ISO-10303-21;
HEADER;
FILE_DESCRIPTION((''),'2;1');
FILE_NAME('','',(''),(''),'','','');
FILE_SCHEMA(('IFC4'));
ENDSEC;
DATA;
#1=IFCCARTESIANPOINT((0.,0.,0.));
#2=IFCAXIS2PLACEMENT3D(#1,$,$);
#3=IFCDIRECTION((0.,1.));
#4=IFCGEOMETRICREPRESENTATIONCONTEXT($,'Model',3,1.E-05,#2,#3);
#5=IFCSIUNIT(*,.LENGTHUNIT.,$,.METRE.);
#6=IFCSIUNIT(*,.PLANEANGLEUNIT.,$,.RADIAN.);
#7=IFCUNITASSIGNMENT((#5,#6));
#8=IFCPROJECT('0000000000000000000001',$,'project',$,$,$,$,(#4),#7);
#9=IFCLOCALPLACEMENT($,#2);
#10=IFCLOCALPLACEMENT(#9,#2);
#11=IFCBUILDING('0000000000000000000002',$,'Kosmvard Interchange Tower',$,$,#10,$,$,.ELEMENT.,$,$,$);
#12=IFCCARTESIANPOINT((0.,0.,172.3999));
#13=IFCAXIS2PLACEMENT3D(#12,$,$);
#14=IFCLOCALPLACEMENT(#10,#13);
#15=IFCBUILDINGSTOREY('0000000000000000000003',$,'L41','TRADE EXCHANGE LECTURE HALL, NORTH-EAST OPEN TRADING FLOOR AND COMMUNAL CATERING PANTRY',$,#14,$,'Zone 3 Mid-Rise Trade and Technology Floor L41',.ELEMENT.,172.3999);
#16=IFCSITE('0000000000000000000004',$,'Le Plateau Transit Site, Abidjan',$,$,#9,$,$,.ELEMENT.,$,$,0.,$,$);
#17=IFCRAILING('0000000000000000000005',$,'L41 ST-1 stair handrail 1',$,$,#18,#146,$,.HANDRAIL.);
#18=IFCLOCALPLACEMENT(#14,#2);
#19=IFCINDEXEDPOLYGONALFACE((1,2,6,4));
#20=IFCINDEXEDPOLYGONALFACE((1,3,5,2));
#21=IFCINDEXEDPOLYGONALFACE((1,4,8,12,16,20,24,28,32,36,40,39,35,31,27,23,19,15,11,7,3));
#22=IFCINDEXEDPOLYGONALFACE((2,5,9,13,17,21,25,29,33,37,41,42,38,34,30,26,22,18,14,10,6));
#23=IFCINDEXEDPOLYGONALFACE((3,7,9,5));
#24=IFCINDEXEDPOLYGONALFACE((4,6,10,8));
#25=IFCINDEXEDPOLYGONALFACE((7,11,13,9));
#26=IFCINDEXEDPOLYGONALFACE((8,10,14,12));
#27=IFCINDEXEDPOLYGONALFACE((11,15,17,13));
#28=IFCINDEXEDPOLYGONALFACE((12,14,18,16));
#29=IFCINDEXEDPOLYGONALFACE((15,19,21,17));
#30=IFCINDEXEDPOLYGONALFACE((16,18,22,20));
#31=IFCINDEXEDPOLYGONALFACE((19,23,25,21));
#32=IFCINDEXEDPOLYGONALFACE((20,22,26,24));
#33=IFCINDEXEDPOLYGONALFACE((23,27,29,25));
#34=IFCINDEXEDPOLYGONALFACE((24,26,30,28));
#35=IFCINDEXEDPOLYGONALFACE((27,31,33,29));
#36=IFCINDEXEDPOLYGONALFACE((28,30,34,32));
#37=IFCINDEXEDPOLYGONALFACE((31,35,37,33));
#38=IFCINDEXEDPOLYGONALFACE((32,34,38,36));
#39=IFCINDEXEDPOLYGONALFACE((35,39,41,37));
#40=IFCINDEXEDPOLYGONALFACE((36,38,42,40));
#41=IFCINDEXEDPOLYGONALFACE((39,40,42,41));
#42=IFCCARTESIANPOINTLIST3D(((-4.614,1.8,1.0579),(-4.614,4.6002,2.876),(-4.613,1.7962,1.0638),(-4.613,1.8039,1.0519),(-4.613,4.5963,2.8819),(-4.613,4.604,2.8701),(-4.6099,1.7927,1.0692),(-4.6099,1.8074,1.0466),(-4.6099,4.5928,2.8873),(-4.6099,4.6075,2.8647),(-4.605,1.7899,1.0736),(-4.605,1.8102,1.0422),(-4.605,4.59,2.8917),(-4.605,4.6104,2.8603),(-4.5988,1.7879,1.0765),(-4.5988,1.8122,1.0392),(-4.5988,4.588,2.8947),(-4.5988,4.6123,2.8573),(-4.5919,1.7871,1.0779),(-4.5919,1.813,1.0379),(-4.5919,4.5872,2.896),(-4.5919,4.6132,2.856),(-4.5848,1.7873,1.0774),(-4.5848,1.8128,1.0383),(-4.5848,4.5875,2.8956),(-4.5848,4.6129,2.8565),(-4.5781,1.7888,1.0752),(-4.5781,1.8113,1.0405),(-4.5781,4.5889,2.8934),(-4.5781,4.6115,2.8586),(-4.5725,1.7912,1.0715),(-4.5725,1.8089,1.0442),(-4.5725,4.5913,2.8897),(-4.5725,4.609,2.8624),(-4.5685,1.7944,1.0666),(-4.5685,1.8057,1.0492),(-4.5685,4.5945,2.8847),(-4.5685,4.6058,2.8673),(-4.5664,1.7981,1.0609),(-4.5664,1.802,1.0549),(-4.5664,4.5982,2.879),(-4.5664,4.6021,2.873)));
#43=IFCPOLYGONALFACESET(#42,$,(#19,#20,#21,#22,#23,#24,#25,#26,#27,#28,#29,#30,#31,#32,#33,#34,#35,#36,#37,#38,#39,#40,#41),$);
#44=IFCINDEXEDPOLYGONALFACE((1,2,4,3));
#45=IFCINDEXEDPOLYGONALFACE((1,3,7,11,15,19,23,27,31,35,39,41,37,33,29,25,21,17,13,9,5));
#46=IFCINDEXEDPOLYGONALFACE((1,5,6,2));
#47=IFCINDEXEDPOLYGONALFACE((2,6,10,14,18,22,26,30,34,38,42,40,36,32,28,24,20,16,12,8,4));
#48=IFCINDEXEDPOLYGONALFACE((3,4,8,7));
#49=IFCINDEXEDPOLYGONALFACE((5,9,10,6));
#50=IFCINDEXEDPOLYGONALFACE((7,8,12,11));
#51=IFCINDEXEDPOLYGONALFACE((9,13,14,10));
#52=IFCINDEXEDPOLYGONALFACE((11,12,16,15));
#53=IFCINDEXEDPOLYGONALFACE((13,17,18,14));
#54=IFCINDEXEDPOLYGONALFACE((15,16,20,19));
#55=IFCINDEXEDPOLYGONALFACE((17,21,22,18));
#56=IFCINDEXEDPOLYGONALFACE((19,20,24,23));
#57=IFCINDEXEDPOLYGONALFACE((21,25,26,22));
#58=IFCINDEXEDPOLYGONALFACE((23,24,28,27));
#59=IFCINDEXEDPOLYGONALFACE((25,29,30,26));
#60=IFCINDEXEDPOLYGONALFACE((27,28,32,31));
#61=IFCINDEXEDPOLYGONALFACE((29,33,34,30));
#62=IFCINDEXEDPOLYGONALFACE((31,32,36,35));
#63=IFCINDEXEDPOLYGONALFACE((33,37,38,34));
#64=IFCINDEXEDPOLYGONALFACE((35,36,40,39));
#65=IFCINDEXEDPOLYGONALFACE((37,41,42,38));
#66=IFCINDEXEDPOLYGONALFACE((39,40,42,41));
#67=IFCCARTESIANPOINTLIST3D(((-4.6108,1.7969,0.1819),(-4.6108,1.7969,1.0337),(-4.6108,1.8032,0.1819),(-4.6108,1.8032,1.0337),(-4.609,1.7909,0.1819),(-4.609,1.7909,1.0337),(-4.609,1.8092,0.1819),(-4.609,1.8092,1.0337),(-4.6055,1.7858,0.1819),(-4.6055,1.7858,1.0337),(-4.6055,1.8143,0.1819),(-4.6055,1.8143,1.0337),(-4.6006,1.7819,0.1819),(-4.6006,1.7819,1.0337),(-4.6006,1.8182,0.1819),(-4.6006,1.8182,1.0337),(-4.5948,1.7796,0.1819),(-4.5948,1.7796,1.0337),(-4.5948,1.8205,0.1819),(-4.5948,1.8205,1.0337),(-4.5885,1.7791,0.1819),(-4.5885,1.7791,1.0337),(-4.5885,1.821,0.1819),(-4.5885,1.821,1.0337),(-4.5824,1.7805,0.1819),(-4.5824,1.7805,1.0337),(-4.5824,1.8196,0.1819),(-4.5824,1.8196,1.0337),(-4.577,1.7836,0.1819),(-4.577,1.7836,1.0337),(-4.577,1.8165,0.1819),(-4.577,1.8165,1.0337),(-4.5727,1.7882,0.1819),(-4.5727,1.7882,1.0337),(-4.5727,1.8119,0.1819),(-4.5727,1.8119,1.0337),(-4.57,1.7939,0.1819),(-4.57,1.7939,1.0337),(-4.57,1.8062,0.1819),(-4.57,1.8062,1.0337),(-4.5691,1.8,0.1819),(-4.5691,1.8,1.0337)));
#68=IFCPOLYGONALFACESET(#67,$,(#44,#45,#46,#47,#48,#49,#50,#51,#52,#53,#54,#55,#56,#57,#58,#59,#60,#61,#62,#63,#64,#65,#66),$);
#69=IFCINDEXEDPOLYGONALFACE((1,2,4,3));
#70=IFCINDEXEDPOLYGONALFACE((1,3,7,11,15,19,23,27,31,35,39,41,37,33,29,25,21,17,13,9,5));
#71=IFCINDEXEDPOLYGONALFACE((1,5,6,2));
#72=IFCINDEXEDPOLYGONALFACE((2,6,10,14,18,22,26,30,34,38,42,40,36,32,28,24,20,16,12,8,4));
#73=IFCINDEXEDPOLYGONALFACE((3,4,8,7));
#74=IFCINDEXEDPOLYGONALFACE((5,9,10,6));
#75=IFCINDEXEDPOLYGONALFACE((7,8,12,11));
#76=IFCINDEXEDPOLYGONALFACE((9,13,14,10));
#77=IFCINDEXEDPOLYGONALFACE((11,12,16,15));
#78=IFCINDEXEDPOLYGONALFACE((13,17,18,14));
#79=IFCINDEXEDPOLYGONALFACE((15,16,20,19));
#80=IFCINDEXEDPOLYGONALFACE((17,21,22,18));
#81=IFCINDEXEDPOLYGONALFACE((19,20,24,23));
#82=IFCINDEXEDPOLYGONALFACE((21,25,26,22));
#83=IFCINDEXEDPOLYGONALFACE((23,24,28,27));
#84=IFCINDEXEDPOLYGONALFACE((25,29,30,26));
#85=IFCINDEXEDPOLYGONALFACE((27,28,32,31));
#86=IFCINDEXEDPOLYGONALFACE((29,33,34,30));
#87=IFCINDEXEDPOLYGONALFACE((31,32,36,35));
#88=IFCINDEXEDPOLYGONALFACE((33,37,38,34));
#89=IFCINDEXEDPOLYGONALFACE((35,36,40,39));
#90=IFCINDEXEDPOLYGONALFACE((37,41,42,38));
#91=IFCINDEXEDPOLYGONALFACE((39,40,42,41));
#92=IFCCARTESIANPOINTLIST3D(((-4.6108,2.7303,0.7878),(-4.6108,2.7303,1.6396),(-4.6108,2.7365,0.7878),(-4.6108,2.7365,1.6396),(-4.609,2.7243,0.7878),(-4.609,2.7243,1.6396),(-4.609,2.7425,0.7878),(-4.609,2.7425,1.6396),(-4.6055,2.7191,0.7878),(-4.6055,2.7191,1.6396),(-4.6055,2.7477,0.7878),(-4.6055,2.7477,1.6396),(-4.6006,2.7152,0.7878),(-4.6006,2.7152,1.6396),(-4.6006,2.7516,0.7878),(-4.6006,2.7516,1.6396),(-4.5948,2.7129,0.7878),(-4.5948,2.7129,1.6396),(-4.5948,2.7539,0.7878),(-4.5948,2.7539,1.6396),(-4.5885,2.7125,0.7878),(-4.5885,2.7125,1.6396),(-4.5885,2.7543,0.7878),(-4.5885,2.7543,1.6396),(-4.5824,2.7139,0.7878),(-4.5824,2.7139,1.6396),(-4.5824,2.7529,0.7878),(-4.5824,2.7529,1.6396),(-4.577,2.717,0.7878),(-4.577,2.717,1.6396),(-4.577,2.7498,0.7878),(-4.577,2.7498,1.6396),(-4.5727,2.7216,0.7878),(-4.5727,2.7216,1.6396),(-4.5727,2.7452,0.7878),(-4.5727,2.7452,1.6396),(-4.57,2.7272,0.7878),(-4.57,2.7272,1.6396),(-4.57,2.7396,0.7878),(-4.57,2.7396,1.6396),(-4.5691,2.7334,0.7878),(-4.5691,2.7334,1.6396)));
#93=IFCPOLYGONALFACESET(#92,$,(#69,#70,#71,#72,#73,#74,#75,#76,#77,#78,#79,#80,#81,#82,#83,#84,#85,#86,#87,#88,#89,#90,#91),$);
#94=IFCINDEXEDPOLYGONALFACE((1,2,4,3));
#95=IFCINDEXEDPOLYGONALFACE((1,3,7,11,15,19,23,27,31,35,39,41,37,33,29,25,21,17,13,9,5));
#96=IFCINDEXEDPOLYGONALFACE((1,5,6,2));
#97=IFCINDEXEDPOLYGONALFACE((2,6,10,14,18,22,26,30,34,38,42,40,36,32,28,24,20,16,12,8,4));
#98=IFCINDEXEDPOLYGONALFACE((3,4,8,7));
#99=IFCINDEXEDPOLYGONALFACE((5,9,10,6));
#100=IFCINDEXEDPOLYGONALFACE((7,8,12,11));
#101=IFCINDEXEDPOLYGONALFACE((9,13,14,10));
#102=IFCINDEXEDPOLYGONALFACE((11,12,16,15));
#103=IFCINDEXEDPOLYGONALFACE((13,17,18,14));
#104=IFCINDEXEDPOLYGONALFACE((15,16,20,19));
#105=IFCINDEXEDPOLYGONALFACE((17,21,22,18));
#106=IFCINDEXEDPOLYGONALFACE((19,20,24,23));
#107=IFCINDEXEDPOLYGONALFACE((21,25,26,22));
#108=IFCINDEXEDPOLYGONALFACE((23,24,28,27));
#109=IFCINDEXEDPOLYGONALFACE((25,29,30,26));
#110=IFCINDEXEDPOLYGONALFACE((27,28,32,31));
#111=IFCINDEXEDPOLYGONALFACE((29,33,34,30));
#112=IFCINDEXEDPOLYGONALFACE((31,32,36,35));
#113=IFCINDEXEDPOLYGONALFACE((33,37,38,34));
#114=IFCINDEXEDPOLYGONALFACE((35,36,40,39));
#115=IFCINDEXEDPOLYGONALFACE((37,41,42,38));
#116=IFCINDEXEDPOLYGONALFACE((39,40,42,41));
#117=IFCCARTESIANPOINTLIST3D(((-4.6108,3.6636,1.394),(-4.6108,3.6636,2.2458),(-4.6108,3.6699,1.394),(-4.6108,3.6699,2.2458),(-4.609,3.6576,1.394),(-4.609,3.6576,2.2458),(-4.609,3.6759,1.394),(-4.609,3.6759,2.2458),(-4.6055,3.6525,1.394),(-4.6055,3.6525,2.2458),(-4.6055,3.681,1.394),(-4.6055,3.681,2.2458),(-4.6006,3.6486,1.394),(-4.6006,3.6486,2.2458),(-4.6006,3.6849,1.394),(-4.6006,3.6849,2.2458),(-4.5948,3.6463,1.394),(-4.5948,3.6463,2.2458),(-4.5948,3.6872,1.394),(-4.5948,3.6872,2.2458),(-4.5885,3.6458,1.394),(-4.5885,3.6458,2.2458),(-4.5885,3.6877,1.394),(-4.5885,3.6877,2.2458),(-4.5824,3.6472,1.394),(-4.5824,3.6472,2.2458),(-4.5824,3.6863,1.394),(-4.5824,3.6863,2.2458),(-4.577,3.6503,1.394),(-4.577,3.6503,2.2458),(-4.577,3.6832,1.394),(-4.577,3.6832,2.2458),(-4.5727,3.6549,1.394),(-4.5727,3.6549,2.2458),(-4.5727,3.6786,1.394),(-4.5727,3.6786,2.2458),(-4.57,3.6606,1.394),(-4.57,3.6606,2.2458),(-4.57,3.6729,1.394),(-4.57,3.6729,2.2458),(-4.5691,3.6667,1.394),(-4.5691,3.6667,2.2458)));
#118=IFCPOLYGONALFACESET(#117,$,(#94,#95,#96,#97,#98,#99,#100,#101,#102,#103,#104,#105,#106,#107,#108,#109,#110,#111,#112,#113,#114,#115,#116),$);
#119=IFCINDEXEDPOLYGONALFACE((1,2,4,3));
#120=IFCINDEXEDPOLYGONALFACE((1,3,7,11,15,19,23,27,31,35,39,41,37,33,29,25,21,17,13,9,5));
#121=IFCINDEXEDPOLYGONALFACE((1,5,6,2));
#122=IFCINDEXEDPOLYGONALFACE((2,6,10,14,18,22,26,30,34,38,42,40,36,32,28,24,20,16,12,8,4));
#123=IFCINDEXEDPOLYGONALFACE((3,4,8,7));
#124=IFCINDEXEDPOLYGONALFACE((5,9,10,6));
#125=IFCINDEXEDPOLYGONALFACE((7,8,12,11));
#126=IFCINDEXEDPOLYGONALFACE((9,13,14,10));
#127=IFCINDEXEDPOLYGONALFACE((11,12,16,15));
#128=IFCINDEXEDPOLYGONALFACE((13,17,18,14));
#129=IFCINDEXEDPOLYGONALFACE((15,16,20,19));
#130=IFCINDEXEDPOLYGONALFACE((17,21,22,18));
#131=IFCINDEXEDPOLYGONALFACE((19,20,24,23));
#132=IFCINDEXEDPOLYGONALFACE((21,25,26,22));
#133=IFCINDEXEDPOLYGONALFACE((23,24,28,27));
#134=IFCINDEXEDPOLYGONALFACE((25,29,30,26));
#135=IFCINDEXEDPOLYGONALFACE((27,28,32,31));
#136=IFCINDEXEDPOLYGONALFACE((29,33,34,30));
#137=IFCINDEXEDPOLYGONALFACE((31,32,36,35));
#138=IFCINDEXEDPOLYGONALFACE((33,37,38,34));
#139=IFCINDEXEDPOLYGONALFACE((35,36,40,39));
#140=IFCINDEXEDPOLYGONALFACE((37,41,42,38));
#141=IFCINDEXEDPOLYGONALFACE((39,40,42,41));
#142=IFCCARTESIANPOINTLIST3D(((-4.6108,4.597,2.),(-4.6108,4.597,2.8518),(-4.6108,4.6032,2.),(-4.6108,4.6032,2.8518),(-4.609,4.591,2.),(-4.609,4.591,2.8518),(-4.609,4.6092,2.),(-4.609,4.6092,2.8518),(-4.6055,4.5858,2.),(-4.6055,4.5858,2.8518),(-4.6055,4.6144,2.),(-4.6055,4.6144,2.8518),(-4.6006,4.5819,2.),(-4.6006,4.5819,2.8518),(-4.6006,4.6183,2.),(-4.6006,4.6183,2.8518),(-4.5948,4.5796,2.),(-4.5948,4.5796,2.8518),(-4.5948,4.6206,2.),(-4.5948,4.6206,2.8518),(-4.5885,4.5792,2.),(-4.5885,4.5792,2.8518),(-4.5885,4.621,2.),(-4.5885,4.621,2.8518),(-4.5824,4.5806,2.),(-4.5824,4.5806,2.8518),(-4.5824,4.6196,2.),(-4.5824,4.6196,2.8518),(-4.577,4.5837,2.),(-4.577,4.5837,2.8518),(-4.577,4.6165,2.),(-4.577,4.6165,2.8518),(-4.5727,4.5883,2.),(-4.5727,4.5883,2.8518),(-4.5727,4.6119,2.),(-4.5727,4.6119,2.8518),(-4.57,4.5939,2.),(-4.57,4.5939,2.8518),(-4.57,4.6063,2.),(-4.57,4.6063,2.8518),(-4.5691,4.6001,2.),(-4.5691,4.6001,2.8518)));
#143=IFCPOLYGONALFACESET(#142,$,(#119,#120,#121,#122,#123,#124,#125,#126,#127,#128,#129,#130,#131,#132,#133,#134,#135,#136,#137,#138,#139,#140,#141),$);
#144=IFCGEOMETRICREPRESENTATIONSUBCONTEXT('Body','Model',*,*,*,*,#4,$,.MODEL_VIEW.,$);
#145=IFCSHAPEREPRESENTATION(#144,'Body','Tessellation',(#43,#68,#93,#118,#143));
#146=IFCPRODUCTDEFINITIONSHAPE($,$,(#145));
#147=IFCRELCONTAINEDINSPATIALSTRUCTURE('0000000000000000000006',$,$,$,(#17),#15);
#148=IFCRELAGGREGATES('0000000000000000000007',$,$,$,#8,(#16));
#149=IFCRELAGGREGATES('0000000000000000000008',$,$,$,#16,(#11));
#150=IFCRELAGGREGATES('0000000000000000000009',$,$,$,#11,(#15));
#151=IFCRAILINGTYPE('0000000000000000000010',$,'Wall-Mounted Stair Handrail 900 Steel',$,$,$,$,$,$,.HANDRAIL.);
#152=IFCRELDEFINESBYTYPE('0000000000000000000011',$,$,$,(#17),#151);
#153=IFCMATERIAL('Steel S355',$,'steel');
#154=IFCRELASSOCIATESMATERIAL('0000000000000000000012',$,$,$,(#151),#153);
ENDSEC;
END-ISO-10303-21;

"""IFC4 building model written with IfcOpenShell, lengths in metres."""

from ifc_helpers import new_model, si_unit, direction, frame, origin, origin_2d, place, context, subcontext, project, spatial, circle, extrude, source, transform, mapped, material, type_object, element, save


model = new_model("IFC4")

# Units and contexts
model_context = context("Model", 3, precision=1e-05, world=origin(), true_north=direction((0.0, 1.0)))
body_context = subcontext(model_context, "Body", "Model", "MODEL_VIEW")
ifc_project = project(units=[si_unit("LENGTHUNIT", "METRE"), si_unit("PLANEANGLEUNIT", "RADIAN")], contexts=[model_context])

# Site, building, storey
site_placement = place(None, origin())
site = spatial("IfcSite", under=ifc_project, at=site_placement, Name="Le Plateau Transit Site, Abidjan", CompositionType="ELEMENT", RefElevation=0.0)
building_placement = place(site_placement, origin())
building = spatial("IfcBuilding", under=site, at=building_placement, Name="Kosmvard Interchange Tower", CompositionType="ELEMENT")
storey_placement = place(building_placement, frame((0.0, 0.0, 172.3999)))
storey = spatial("IfcBuildingStorey", under=building, at=storey_placement, Name="L41", Description="TRADE EXCHANGE LECTURE HALL, NORTH-EAST OPEN TRADING FLOOR AND COMMUNAL CATERING PANTRY", LongName="Zone 3 Mid-Rise Trade and Technology Floor L41", CompositionType="ELEMENT", Elevation=172.3999)

# Shared definitions
ifc_material_1 = material(Name="Steel S355", Category="steel")

# Railing
railing_type_1 = type_object("IfcRailingType", Name="Wall-Mounted Stair Handrail 900 Steel", PredefinedType="HANDRAIL", material=ifc_material_1)
shared_shape_1 = source(origin(), body_context, "Body", "SweptSolid", [
    extrude(circle(Radius=0.0239, at=origin_2d()), frame((0.0, 0.0, 0.876), z_axis=(0.0, 0.838706, 0.544585), x_axis=(-1.0, 0.0, 0.0)), (0.0, 0.0, 1.0), 3.3386),
    extrude(circle(Radius=0.021, at=origin_2d()), origin(), (0.0, 0.0, 1.0), 0.8518),
    extrude(circle(Radius=0.021, at=origin_2d()), frame((0.0, 0.9333, 0.606)), (0.0, 0.0, 1.0), 0.8518),
    extrude(circle(Radius=0.021, at=origin_2d()), frame((0.0, 1.8667, 1.2122)), (0.0, 0.0, 1.0), 0.8518),
    extrude(circle(Radius=0.021, at=origin_2d()), frame((0.0, 2.8, 1.8181)), (0.0, 0.0, 1.0), 0.8518),
])
railing_1_placement = place(storey_placement, frame((-4.5901, 1.8, 0.1819)))
element("IfcRailing", 1, at=railing_1_placement, inside=storey, type_object=railing_type_1, Name="L41 ST-1 stair handrail 1", PredefinedType="HANDRAIL", context=body_context, shape_type="MappedRepresentation", body=[
    mapped(shared_shape_1, transform((0.0, 0.0, 0.0), scale=1.0)),
])

save(model, "model.ifc")
